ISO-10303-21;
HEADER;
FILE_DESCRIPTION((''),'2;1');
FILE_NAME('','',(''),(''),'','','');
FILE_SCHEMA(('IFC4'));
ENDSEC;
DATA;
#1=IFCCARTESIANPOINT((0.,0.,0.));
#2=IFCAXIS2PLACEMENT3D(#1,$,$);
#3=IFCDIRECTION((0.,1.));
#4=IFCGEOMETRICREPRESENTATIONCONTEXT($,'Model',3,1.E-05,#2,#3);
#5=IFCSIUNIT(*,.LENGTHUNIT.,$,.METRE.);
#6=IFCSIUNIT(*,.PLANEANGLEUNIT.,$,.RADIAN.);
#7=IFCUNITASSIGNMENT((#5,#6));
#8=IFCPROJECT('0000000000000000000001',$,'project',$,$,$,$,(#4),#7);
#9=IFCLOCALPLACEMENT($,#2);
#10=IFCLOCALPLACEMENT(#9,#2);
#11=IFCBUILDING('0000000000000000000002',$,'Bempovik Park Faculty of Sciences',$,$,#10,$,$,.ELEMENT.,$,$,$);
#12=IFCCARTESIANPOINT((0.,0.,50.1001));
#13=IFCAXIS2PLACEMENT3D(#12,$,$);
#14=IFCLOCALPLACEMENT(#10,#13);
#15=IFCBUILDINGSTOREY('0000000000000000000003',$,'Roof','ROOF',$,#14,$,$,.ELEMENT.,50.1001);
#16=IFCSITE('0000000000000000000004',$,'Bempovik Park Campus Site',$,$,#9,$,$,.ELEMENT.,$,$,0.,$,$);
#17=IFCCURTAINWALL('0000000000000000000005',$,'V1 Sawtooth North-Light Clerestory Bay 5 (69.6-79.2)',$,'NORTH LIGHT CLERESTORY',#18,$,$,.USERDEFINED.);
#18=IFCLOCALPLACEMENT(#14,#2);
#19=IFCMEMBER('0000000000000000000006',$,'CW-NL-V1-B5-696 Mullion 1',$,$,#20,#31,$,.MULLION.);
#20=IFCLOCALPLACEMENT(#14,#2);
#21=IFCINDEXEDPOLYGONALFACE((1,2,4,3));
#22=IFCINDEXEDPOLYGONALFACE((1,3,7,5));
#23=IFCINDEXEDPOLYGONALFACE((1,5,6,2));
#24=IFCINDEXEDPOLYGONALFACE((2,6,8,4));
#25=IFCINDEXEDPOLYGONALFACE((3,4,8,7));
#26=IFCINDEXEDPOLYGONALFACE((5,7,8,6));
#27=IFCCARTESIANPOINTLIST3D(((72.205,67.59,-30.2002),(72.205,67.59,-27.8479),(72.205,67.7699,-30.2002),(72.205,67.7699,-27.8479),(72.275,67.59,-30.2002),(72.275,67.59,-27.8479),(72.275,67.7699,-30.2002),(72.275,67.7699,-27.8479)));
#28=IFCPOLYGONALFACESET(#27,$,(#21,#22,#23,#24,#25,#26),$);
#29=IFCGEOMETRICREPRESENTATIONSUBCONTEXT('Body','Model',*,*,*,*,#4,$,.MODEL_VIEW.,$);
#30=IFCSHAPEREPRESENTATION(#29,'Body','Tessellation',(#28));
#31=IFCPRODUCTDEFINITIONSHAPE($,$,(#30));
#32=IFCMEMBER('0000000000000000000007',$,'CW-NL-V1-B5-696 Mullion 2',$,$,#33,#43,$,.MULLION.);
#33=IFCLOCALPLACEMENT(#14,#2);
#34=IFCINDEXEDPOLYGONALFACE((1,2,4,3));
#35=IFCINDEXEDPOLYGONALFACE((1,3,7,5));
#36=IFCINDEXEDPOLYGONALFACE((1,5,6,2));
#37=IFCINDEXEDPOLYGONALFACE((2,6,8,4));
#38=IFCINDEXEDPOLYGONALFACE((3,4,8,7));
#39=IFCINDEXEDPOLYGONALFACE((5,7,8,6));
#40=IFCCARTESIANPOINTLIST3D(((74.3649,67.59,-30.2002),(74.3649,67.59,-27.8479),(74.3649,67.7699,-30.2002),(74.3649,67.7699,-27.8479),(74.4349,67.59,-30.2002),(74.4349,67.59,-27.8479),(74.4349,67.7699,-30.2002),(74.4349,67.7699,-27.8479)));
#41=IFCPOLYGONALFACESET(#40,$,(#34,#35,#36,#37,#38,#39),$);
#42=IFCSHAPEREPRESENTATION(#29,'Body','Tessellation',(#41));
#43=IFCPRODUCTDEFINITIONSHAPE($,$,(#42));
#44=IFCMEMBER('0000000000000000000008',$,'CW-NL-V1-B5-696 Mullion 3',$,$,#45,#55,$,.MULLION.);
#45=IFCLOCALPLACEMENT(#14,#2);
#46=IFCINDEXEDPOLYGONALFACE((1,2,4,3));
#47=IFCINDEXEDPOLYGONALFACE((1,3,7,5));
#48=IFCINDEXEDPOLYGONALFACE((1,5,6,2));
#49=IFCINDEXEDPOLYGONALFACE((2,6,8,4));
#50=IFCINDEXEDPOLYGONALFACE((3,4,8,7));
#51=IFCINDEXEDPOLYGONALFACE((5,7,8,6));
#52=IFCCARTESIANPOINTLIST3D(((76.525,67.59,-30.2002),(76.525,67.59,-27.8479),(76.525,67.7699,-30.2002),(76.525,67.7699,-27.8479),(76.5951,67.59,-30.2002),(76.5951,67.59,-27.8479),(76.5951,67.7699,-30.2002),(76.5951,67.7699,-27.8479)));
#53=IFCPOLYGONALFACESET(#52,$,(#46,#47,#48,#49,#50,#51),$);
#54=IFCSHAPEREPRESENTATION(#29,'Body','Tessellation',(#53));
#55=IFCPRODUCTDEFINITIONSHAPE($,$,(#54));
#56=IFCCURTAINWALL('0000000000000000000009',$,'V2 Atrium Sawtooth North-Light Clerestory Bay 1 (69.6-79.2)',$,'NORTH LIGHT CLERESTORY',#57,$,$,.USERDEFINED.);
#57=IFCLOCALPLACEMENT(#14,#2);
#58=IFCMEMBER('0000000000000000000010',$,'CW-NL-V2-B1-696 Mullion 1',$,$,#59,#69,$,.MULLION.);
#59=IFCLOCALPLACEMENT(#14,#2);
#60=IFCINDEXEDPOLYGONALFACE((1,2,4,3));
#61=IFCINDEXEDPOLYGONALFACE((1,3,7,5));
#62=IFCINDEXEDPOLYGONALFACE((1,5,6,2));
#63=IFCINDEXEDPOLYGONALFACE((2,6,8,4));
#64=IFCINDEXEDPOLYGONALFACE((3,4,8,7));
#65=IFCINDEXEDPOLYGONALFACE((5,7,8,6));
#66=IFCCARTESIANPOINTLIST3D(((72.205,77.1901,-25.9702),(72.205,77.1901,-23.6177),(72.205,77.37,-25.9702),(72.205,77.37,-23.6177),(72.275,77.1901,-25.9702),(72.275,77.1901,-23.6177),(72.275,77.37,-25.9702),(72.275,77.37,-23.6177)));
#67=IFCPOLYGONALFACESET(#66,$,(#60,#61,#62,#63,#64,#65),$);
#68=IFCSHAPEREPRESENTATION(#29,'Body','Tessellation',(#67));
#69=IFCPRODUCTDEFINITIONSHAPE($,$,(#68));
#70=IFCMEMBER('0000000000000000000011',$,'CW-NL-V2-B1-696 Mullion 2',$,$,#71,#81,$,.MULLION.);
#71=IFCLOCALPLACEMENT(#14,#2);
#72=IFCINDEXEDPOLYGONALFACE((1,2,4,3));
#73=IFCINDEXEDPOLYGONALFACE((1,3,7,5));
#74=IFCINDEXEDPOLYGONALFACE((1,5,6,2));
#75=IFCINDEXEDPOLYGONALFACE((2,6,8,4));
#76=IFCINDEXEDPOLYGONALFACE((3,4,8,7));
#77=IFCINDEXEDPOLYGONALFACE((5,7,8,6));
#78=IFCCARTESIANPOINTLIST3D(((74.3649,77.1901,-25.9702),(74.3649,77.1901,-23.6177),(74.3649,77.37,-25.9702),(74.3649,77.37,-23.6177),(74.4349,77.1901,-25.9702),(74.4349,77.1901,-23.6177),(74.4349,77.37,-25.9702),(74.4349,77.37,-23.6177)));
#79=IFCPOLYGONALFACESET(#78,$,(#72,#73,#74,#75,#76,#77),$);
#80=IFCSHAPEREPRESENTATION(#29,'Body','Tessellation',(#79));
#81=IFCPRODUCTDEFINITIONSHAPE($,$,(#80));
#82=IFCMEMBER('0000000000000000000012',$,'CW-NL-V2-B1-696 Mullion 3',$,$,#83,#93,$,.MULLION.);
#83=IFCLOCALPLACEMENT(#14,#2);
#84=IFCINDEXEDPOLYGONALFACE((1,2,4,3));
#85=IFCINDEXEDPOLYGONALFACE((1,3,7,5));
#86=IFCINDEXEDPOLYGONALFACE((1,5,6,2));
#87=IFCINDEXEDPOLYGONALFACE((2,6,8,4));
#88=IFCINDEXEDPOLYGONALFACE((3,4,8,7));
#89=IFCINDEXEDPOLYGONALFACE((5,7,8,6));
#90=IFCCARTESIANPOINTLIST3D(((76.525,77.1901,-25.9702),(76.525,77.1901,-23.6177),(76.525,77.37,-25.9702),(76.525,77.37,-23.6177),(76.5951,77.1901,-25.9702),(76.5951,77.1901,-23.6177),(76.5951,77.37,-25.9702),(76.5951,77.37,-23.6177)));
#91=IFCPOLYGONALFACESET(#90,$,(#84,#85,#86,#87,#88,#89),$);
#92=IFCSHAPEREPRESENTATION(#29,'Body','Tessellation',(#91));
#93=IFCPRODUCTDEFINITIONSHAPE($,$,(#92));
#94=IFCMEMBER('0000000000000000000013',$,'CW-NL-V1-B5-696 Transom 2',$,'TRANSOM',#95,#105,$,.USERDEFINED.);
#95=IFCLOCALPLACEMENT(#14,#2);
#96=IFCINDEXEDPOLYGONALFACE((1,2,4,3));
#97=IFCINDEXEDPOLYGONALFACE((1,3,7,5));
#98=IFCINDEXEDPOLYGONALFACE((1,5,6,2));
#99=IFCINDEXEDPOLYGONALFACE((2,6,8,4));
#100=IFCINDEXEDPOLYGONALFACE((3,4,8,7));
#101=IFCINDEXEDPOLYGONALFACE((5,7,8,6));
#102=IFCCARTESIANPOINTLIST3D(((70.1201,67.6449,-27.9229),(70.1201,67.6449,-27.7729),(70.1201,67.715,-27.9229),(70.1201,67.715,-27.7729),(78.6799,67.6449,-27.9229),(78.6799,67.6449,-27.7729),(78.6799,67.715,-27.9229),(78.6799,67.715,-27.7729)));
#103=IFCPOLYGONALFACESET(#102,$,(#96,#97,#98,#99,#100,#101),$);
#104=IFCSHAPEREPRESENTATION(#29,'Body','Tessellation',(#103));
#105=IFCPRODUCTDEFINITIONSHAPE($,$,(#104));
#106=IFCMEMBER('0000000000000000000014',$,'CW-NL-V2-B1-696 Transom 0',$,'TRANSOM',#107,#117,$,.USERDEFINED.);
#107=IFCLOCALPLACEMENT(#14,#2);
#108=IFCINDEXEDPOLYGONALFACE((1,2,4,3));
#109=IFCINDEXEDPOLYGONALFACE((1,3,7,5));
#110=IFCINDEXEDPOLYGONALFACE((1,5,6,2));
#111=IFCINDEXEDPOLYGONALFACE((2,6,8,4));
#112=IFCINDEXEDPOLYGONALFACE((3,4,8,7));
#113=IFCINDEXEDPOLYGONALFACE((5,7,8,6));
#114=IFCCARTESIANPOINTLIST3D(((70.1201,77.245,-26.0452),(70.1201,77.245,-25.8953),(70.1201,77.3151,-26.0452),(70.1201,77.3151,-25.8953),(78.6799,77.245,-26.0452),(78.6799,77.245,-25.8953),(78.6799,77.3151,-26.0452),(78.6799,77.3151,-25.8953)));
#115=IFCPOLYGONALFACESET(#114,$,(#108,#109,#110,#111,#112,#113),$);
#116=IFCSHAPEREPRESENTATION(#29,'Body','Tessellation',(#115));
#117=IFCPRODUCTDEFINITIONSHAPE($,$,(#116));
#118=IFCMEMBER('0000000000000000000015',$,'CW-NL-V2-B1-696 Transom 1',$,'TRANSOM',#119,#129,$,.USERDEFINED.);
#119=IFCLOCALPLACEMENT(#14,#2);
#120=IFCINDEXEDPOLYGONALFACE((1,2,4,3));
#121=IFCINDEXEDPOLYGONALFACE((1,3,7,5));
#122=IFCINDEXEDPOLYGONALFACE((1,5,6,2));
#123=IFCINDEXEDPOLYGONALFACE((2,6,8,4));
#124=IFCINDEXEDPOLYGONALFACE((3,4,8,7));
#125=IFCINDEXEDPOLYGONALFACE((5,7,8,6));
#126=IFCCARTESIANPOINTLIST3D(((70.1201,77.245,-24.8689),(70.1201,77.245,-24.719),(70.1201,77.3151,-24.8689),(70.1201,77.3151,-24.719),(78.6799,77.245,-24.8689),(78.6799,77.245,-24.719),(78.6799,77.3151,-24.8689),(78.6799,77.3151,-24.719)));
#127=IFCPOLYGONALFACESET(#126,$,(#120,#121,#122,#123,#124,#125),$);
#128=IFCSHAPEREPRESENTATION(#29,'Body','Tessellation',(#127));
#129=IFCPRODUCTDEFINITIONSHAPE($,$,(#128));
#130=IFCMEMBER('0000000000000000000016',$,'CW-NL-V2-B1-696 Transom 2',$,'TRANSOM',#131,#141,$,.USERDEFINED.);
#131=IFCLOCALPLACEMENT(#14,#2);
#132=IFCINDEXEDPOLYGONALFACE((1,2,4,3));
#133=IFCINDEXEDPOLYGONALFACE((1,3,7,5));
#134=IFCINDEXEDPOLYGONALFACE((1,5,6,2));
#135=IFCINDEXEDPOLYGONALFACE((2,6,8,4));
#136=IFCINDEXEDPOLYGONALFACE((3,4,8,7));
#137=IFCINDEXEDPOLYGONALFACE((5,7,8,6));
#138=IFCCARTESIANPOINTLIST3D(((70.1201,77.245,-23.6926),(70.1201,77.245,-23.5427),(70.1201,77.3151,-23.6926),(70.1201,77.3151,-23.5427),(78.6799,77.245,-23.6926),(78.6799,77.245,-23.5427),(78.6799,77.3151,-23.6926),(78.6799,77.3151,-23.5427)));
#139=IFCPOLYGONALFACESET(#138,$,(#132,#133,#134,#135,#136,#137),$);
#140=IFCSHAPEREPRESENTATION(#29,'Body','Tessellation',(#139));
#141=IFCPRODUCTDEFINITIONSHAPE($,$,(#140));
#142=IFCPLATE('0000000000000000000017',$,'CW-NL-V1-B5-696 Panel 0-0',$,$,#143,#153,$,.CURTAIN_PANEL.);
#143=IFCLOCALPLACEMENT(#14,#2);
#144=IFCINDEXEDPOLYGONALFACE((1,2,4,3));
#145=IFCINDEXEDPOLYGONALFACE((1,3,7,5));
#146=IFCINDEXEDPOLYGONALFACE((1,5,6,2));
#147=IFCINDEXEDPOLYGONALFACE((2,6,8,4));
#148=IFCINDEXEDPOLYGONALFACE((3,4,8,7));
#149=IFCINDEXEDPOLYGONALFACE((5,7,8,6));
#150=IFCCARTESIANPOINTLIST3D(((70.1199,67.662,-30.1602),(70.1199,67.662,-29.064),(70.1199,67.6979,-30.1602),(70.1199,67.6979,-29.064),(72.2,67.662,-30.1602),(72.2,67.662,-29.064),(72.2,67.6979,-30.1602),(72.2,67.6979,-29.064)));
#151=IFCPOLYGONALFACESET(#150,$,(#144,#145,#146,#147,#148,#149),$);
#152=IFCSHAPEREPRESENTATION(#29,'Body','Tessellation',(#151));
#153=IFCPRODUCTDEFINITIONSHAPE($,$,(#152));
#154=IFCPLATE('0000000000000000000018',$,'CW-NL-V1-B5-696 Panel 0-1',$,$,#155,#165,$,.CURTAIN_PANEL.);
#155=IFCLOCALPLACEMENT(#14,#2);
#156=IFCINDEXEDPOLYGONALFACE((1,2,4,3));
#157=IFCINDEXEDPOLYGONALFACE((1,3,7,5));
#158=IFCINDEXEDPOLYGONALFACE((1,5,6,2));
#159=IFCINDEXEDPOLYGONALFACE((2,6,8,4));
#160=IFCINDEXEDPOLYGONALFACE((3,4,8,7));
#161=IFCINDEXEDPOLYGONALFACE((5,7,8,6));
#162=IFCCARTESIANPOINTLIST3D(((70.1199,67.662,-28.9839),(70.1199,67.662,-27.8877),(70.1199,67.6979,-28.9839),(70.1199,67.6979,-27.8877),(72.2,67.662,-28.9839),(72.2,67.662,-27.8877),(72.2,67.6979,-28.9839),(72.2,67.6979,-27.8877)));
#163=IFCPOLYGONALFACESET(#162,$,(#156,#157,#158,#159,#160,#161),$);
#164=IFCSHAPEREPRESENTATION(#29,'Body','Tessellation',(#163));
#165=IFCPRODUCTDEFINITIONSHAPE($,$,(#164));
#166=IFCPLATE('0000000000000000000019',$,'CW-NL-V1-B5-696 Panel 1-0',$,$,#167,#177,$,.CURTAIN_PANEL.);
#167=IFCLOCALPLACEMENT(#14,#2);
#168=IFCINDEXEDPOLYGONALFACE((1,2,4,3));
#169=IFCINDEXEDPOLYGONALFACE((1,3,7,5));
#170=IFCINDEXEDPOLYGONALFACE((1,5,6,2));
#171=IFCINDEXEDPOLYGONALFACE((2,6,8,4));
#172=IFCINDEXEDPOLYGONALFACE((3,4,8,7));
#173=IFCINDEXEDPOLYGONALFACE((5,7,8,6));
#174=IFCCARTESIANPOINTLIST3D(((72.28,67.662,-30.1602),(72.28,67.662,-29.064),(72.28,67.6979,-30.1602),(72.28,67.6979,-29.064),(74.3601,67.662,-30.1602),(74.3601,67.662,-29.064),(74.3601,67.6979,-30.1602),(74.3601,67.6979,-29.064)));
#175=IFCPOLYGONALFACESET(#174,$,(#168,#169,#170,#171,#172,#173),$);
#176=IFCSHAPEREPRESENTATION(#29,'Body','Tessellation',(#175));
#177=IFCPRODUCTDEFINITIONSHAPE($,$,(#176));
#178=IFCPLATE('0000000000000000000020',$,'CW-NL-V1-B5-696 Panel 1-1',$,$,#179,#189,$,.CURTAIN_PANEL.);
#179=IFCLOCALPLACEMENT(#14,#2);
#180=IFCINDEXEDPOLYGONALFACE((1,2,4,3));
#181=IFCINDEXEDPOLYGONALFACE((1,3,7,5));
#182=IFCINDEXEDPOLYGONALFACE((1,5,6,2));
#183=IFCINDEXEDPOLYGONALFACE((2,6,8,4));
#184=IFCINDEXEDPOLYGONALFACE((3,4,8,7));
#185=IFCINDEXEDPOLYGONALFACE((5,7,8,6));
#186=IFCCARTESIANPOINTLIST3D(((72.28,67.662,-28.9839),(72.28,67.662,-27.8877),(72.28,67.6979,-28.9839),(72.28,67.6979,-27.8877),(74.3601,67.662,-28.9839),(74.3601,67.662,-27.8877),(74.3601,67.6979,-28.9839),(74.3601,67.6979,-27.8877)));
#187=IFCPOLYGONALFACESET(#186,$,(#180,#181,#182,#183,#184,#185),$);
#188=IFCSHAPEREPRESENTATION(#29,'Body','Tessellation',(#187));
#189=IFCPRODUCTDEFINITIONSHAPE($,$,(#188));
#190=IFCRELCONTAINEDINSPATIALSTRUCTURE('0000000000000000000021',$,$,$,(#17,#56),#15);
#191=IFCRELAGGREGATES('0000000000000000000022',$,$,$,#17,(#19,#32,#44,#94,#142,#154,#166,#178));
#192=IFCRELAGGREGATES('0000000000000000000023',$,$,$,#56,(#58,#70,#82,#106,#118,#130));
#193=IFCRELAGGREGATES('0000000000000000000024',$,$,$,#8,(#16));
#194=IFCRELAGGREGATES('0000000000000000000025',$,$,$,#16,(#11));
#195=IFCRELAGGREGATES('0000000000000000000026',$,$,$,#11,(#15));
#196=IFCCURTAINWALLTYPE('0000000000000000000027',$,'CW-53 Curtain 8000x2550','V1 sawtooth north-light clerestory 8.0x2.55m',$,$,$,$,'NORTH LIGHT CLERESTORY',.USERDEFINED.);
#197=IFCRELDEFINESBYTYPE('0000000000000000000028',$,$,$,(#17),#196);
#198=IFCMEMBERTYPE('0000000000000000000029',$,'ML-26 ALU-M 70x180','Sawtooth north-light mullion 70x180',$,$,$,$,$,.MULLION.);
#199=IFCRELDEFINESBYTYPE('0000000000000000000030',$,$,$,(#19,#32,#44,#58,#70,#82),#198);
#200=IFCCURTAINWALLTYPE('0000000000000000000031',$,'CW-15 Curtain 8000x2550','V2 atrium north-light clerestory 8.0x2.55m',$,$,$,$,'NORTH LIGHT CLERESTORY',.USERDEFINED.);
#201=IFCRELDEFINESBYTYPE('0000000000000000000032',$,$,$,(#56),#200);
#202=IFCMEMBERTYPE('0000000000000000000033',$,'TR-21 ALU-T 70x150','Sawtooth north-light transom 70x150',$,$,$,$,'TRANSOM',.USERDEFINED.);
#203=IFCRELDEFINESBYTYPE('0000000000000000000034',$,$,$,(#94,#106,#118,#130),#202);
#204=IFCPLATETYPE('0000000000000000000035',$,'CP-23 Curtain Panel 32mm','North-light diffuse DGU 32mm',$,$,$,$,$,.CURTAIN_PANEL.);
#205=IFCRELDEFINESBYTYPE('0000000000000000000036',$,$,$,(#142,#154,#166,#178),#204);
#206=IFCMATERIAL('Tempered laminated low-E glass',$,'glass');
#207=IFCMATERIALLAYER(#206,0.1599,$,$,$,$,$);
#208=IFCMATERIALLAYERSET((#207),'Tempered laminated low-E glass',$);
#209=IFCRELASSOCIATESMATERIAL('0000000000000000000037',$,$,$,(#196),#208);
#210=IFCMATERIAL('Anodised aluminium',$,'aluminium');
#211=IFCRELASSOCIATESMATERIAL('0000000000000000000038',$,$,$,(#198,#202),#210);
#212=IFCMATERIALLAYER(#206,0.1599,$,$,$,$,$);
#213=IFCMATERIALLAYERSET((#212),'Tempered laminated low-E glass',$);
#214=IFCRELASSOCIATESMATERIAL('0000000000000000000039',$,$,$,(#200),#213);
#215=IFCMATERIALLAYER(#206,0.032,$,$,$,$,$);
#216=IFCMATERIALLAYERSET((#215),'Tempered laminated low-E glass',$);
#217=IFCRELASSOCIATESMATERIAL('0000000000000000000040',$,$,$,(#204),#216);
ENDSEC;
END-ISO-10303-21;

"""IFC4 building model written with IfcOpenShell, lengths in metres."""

from ifc_helpers import new_model, si_unit, direction, frame, origin, origin_2d, place, context, subcontext, project, spatial, rectangle, extrude, material, layer, layer_set, material_profile, profile_set, type_object, element, aggregate, save


model = new_model("IFC4")

# Units and contexts
model_context = context("Model", 3, precision=1e-05, world=origin(), true_north=direction((0.0, 1.0)))
body_context = subcontext(model_context, "Body", "Model", "MODEL_VIEW")
ifc_project = project(units=[si_unit("LENGTHUNIT", "METRE"), si_unit("PLANEANGLEUNIT", "RADIAN")], contexts=[model_context])

# Site, building, storey
site_placement = place(None, origin())
site = spatial("IfcSite", under=ifc_project, at=site_placement, Name="Bempovik Park Campus Site", CompositionType="ELEMENT", RefElevation=0.0)
building_placement = place(site_placement, origin())
building = spatial("IfcBuilding", under=site, at=building_placement, Name="Bempovik Park Faculty of Sciences", CompositionType="ELEMENT")
storey_placement = place(building_placement, frame((0.0, 0.0, 50.1001)))
storey = spatial("IfcBuildingStorey", under=building, at=storey_placement, Name="Roof", Description="ROOF", CompositionType="ELEMENT", Elevation=50.1001)

# Curtain walls, members
ifc_material_1 = material(Name="Tempered laminated low-E glass", Category="glass")
ifc_layer_1 = layer(ifc_material_1, 0.1599)
ifc_layer_set_1 = layer_set([ifc_layer_1], Name="Tempered laminated low-E glass")
curtain_wall_type_1 = type_object("IfcCurtainWallType", Name="CW-53 Curtain 8000x2550", Description="V1 sawtooth north-light clerestory 8.0x2.55m", ElementType="NORTH LIGHT CLERESTORY", PredefinedType="USERDEFINED", material=ifc_layer_set_1)
curtain_wall_1_placement = place(storey_placement, origin())
curtain_wall_1 = element("IfcCurtainWall", 1, at=curtain_wall_1_placement, inside=storey, type_object=curtain_wall_type_1, Name="V1 Sawtooth North-Light Clerestory Bay 5 (69.6-79.2)", ObjectType="NORTH LIGHT CLERESTORY", PredefinedType="USERDEFINED")
ifc_material_2 = material(Name="Anodised aluminium", Category="aluminium")
ifc_material_profile_1 = material_profile(ifc_material_2, rectangle(XDim=0.0701, YDim=0.1799, at=origin_2d()), Name="ALU-M 70x180")
ifc_profile_set_1 = profile_set([ifc_material_profile_1], Name="Anodised aluminium")
member_type_1 = type_object("IfcMemberType", Name="ML-26 ALU-M 70x180", Description="Sawtooth north-light mullion 70x180", PredefinedType="MULLION", material=ifc_profile_set_1)
member_1_placement = place(storey_placement, frame((72.24, 67.6799, -30.2002), z_axis=(0.0, 0.0, 1.0), x_axis=(1.0, 0.0, 0.0)))
member_1 = element("IfcMember", 2, at=member_1_placement, type_object=member_type_1, Name="CW-NL-V1-B5-696 Mullion 1", PredefinedType="MULLION", context=body_context, shape_type="SweptSolid", body=[
    extrude(rectangle(XDim=0.0701, YDim=0.1799, at=origin_2d()), origin(), (0.0, 0.0, 1.0), 2.3523),
])
member_2_placement = place(storey_placement, frame((74.3999, 67.6799, -30.2002), z_axis=(0.0, 0.0, 1.0), x_axis=(1.0, 0.0, 0.0)))
member_2 = element("IfcMember", 3, at=member_2_placement, type_object=member_type_1, Name="CW-NL-V1-B5-696 Mullion 2", PredefinedType="MULLION", context=body_context, shape_type="SweptSolid", body=[
    extrude(rectangle(XDim=0.0701, YDim=0.1799, at=origin_2d()), origin(), (0.0, 0.0, 1.0), 2.3523),
])
member_3_placement = place(storey_placement, frame((76.5601, 67.6799, -30.2002), z_axis=(0.0, 0.0, 1.0), x_axis=(1.0, 0.0, 0.0)))
member_3 = element("IfcMember", 4, at=member_3_placement, type_object=member_type_1, Name="CW-NL-V1-B5-696 Mullion 3", PredefinedType="MULLION", context=body_context, shape_type="SweptSolid", body=[
    extrude(rectangle(XDim=0.0701, YDim=0.1799, at=origin_2d()), origin(), (0.0, 0.0, 1.0), 2.3523),
])
ifc_layer_2 = layer(ifc_material_1, 0.1599)
ifc_layer_set_2 = layer_set([ifc_layer_2], Name="Tempered laminated low-E glass")
curtain_wall_type_2 = type_object("IfcCurtainWallType", Name="CW-15 Curtain 8000x2550", Description="V2 atrium north-light clerestory 8.0x2.55m", ElementType="NORTH LIGHT CLERESTORY", PredefinedType="USERDEFINED", material=ifc_layer_set_2)
curtain_wall_2_placement = place(storey_placement, origin())
curtain_wall_2 = element("IfcCurtainWall", 5, at=curtain_wall_2_placement, inside=storey, type_object=curtain_wall_type_2, Name="V2 Atrium Sawtooth North-Light Clerestory Bay 1 (69.6-79.2)", ObjectType="NORTH LIGHT CLERESTORY", PredefinedType="USERDEFINED")
member_4_placement = place(storey_placement, frame((72.24, 77.28, -25.9702), z_axis=(0.0, 0.0, 1.0), x_axis=(1.0, 0.0, 0.0)))
member_4 = element("IfcMember", 6, at=member_4_placement, type_object=member_type_1, Name="CW-NL-V2-B1-696 Mullion 1", PredefinedType="MULLION", context=body_context, shape_type="SweptSolid", body=[
    extrude(rectangle(XDim=0.0701, YDim=0.1799, at=origin_2d()), origin(), (0.0, 0.0, 1.0), 2.3525),
])
member_5_placement = place(storey_placement, frame((74.3999, 77.28, -25.9702), z_axis=(0.0, 0.0, 1.0), x_axis=(1.0, 0.0, 0.0)))
member_5 = element("IfcMember", 7, at=member_5_placement, type_object=member_type_1, Name="CW-NL-V2-B1-696 Mullion 2", PredefinedType="MULLION", context=body_context, shape_type="SweptSolid", body=[
    extrude(rectangle(XDim=0.0701, YDim=0.1799, at=origin_2d()), origin(), (0.0, 0.0, 1.0), 2.3525),
])
member_6_placement = place(storey_placement, frame((76.5601, 77.28, -25.9702), z_axis=(0.0, 0.0, 1.0), x_axis=(1.0, 0.0, 0.0)))
member_6 = element("IfcMember", 8, at=member_6_placement, type_object=member_type_1, Name="CW-NL-V2-B1-696 Mullion 3", PredefinedType="MULLION", context=body_context, shape_type="SweptSolid", body=[
    extrude(rectangle(XDim=0.0701, YDim=0.1799, at=origin_2d()), origin(), (0.0, 0.0, 1.0), 2.3525),
])

# Members
ifc_material_profile_2 = material_profile(ifc_material_2, rectangle(XDim=0.0701, YDim=0.1499, at=origin_2d()), Name="ALU-T 70x150")
ifc_profile_set_2 = profile_set([ifc_material_profile_2], Name="Anodised aluminium")
member_type_2 = type_object("IfcMemberType", Name="TR-21 ALU-T 70x150", Description="Sawtooth north-light transom 70x150", ElementType="TRANSOM", PredefinedType="USERDEFINED", material=ifc_profile_set_2)
member_7_placement = place(storey_placement, frame((70.1201, 67.6799, -27.8479), z_axis=(1.0, 0.0, 0.0), x_axis=(0.0, 1.0, 0.0)))
member_7 = element("IfcMember", 9, at=member_7_placement, type_object=member_type_2, Name="CW-NL-V1-B5-696 Transom 2", ObjectType="TRANSOM", PredefinedType="USERDEFINED", context=body_context, shape_type="SweptSolid", body=[
    extrude(rectangle(XDim=0.0701, YDim=0.1499, at=origin_2d()), origin(), (0.0, 0.0, 1.0), 8.5598),
])
member_8_placement = place(storey_placement, frame((70.1201, 77.28, -25.9702), z_axis=(1.0, 0.0, 0.0), x_axis=(0.0, 1.0, 0.0)))
member_8 = element("IfcMember", 10, at=member_8_placement, type_object=member_type_2, Name="CW-NL-V2-B1-696 Transom 0", ObjectType="TRANSOM", PredefinedType="USERDEFINED", context=body_context, shape_type="SweptSolid", body=[
    extrude(rectangle(XDim=0.0701, YDim=0.1499, at=origin_2d()), origin(), (0.0, 0.0, 1.0), 8.5598),
])
member_9_placement = place(storey_placement, frame((70.1201, 77.28, -24.7939), z_axis=(1.0, 0.0, 0.0), x_axis=(0.0, 1.0, 0.0)))
member_9 = element("IfcMember", 11, at=member_9_placement, type_object=member_type_2, Name="CW-NL-V2-B1-696 Transom 1", ObjectType="TRANSOM", PredefinedType="USERDEFINED", context=body_context, shape_type="SweptSolid", body=[
    extrude(rectangle(XDim=0.0701, YDim=0.1499, at=origin_2d()), origin(), (0.0, 0.0, 1.0), 8.5598),
])
member_10_placement = place(storey_placement, frame((70.1201, 77.28, -23.6177), z_axis=(1.0, 0.0, 0.0), x_axis=(0.0, 1.0, 0.0)))
member_10 = element("IfcMember", 12, at=member_10_placement, type_object=member_type_2, Name="CW-NL-V2-B1-696 Transom 2", ObjectType="TRANSOM", PredefinedType="USERDEFINED", context=body_context, shape_type="SweptSolid", body=[
    extrude(rectangle(XDim=0.0701, YDim=0.1499, at=origin_2d()), origin(), (0.0, 0.0, 1.0), 8.5598),
])

# Plates
ifc_layer_3 = layer(ifc_material_1, 0.032)
ifc_layer_set_3 = layer_set([ifc_layer_3], Name="Tempered laminated low-E glass")
plate_type = type_object("IfcPlateType", Name="CP-23 Curtain Panel 32mm", Description="North-light diffuse DGU 32mm", PredefinedType="CURTAIN_PANEL", material=ifc_layer_set_3)
plate_1_placement = place(storey_placement, frame((71.1599, 67.6799, -30.1602), z_axis=(0.0, 0.0, 1.0), x_axis=(1.0, 0.0, 0.0)))
plate_1 = element("IfcPlate", 13, at=plate_1_placement, type_object=plate_type, Name="CW-NL-V1-B5-696 Panel 0-0", PredefinedType="CURTAIN_PANEL", context=body_context, shape_type="SweptSolid", body=[
    extrude(rectangle(XDim=2.0801, YDim=0.0359, at=origin_2d()), origin(), (0.0, 0.0, 1.0), 1.0962),
])
plate_2_placement = place(storey_placement, frame((71.1599, 67.6799, -28.9839), z_axis=(0.0, 0.0, 1.0), x_axis=(1.0, 0.0, 0.0)))
plate_2 = element("IfcPlate", 14, at=plate_2_placement, type_object=plate_type, Name="CW-NL-V1-B5-696 Panel 0-1", PredefinedType="CURTAIN_PANEL", context=body_context, shape_type="SweptSolid", body=[
    extrude(rectangle(XDim=2.0801, YDim=0.0359, at=origin_2d()), origin(), (0.0, 0.0, 1.0), 1.0962),
])
plate_3_placement = place(storey_placement, frame((73.3201, 67.6799, -30.1602), z_axis=(0.0, 0.0, 1.0), x_axis=(1.0, 0.0, 0.0)))
plate_3 = element("IfcPlate", 15, at=plate_3_placement, type_object=plate_type, Name="CW-NL-V1-B5-696 Panel 1-0", PredefinedType="CURTAIN_PANEL", context=body_context, shape_type="SweptSolid", body=[
    extrude(rectangle(XDim=2.0801, YDim=0.0359, at=origin_2d()), origin(), (0.0, 0.0, 1.0), 1.0962),
])
plate_4_placement = place(storey_placement, frame((73.3201, 67.6799, -28.9839), z_axis=(0.0, 0.0, 1.0), x_axis=(1.0, 0.0, 0.0)))
plate_4 = element("IfcPlate", 16, at=plate_4_placement, type_object=plate_type, Name="CW-NL-V1-B5-696 Panel 1-1", PredefinedType="CURTAIN_PANEL", context=body_context, shape_type="SweptSolid", body=[
    extrude(rectangle(XDim=2.0801, YDim=0.0359, at=origin_2d()), origin(), (0.0, 0.0, 1.0), 1.0962),
])
aggregate(curtain_wall_1, [member_1, member_2, member_3, member_7, plate_1, plate_2, plate_3, plate_4])
aggregate(curtain_wall_2, [member_4, member_5, member_6, member_8, member_9, member_10])

save(model, "model.ifc")
